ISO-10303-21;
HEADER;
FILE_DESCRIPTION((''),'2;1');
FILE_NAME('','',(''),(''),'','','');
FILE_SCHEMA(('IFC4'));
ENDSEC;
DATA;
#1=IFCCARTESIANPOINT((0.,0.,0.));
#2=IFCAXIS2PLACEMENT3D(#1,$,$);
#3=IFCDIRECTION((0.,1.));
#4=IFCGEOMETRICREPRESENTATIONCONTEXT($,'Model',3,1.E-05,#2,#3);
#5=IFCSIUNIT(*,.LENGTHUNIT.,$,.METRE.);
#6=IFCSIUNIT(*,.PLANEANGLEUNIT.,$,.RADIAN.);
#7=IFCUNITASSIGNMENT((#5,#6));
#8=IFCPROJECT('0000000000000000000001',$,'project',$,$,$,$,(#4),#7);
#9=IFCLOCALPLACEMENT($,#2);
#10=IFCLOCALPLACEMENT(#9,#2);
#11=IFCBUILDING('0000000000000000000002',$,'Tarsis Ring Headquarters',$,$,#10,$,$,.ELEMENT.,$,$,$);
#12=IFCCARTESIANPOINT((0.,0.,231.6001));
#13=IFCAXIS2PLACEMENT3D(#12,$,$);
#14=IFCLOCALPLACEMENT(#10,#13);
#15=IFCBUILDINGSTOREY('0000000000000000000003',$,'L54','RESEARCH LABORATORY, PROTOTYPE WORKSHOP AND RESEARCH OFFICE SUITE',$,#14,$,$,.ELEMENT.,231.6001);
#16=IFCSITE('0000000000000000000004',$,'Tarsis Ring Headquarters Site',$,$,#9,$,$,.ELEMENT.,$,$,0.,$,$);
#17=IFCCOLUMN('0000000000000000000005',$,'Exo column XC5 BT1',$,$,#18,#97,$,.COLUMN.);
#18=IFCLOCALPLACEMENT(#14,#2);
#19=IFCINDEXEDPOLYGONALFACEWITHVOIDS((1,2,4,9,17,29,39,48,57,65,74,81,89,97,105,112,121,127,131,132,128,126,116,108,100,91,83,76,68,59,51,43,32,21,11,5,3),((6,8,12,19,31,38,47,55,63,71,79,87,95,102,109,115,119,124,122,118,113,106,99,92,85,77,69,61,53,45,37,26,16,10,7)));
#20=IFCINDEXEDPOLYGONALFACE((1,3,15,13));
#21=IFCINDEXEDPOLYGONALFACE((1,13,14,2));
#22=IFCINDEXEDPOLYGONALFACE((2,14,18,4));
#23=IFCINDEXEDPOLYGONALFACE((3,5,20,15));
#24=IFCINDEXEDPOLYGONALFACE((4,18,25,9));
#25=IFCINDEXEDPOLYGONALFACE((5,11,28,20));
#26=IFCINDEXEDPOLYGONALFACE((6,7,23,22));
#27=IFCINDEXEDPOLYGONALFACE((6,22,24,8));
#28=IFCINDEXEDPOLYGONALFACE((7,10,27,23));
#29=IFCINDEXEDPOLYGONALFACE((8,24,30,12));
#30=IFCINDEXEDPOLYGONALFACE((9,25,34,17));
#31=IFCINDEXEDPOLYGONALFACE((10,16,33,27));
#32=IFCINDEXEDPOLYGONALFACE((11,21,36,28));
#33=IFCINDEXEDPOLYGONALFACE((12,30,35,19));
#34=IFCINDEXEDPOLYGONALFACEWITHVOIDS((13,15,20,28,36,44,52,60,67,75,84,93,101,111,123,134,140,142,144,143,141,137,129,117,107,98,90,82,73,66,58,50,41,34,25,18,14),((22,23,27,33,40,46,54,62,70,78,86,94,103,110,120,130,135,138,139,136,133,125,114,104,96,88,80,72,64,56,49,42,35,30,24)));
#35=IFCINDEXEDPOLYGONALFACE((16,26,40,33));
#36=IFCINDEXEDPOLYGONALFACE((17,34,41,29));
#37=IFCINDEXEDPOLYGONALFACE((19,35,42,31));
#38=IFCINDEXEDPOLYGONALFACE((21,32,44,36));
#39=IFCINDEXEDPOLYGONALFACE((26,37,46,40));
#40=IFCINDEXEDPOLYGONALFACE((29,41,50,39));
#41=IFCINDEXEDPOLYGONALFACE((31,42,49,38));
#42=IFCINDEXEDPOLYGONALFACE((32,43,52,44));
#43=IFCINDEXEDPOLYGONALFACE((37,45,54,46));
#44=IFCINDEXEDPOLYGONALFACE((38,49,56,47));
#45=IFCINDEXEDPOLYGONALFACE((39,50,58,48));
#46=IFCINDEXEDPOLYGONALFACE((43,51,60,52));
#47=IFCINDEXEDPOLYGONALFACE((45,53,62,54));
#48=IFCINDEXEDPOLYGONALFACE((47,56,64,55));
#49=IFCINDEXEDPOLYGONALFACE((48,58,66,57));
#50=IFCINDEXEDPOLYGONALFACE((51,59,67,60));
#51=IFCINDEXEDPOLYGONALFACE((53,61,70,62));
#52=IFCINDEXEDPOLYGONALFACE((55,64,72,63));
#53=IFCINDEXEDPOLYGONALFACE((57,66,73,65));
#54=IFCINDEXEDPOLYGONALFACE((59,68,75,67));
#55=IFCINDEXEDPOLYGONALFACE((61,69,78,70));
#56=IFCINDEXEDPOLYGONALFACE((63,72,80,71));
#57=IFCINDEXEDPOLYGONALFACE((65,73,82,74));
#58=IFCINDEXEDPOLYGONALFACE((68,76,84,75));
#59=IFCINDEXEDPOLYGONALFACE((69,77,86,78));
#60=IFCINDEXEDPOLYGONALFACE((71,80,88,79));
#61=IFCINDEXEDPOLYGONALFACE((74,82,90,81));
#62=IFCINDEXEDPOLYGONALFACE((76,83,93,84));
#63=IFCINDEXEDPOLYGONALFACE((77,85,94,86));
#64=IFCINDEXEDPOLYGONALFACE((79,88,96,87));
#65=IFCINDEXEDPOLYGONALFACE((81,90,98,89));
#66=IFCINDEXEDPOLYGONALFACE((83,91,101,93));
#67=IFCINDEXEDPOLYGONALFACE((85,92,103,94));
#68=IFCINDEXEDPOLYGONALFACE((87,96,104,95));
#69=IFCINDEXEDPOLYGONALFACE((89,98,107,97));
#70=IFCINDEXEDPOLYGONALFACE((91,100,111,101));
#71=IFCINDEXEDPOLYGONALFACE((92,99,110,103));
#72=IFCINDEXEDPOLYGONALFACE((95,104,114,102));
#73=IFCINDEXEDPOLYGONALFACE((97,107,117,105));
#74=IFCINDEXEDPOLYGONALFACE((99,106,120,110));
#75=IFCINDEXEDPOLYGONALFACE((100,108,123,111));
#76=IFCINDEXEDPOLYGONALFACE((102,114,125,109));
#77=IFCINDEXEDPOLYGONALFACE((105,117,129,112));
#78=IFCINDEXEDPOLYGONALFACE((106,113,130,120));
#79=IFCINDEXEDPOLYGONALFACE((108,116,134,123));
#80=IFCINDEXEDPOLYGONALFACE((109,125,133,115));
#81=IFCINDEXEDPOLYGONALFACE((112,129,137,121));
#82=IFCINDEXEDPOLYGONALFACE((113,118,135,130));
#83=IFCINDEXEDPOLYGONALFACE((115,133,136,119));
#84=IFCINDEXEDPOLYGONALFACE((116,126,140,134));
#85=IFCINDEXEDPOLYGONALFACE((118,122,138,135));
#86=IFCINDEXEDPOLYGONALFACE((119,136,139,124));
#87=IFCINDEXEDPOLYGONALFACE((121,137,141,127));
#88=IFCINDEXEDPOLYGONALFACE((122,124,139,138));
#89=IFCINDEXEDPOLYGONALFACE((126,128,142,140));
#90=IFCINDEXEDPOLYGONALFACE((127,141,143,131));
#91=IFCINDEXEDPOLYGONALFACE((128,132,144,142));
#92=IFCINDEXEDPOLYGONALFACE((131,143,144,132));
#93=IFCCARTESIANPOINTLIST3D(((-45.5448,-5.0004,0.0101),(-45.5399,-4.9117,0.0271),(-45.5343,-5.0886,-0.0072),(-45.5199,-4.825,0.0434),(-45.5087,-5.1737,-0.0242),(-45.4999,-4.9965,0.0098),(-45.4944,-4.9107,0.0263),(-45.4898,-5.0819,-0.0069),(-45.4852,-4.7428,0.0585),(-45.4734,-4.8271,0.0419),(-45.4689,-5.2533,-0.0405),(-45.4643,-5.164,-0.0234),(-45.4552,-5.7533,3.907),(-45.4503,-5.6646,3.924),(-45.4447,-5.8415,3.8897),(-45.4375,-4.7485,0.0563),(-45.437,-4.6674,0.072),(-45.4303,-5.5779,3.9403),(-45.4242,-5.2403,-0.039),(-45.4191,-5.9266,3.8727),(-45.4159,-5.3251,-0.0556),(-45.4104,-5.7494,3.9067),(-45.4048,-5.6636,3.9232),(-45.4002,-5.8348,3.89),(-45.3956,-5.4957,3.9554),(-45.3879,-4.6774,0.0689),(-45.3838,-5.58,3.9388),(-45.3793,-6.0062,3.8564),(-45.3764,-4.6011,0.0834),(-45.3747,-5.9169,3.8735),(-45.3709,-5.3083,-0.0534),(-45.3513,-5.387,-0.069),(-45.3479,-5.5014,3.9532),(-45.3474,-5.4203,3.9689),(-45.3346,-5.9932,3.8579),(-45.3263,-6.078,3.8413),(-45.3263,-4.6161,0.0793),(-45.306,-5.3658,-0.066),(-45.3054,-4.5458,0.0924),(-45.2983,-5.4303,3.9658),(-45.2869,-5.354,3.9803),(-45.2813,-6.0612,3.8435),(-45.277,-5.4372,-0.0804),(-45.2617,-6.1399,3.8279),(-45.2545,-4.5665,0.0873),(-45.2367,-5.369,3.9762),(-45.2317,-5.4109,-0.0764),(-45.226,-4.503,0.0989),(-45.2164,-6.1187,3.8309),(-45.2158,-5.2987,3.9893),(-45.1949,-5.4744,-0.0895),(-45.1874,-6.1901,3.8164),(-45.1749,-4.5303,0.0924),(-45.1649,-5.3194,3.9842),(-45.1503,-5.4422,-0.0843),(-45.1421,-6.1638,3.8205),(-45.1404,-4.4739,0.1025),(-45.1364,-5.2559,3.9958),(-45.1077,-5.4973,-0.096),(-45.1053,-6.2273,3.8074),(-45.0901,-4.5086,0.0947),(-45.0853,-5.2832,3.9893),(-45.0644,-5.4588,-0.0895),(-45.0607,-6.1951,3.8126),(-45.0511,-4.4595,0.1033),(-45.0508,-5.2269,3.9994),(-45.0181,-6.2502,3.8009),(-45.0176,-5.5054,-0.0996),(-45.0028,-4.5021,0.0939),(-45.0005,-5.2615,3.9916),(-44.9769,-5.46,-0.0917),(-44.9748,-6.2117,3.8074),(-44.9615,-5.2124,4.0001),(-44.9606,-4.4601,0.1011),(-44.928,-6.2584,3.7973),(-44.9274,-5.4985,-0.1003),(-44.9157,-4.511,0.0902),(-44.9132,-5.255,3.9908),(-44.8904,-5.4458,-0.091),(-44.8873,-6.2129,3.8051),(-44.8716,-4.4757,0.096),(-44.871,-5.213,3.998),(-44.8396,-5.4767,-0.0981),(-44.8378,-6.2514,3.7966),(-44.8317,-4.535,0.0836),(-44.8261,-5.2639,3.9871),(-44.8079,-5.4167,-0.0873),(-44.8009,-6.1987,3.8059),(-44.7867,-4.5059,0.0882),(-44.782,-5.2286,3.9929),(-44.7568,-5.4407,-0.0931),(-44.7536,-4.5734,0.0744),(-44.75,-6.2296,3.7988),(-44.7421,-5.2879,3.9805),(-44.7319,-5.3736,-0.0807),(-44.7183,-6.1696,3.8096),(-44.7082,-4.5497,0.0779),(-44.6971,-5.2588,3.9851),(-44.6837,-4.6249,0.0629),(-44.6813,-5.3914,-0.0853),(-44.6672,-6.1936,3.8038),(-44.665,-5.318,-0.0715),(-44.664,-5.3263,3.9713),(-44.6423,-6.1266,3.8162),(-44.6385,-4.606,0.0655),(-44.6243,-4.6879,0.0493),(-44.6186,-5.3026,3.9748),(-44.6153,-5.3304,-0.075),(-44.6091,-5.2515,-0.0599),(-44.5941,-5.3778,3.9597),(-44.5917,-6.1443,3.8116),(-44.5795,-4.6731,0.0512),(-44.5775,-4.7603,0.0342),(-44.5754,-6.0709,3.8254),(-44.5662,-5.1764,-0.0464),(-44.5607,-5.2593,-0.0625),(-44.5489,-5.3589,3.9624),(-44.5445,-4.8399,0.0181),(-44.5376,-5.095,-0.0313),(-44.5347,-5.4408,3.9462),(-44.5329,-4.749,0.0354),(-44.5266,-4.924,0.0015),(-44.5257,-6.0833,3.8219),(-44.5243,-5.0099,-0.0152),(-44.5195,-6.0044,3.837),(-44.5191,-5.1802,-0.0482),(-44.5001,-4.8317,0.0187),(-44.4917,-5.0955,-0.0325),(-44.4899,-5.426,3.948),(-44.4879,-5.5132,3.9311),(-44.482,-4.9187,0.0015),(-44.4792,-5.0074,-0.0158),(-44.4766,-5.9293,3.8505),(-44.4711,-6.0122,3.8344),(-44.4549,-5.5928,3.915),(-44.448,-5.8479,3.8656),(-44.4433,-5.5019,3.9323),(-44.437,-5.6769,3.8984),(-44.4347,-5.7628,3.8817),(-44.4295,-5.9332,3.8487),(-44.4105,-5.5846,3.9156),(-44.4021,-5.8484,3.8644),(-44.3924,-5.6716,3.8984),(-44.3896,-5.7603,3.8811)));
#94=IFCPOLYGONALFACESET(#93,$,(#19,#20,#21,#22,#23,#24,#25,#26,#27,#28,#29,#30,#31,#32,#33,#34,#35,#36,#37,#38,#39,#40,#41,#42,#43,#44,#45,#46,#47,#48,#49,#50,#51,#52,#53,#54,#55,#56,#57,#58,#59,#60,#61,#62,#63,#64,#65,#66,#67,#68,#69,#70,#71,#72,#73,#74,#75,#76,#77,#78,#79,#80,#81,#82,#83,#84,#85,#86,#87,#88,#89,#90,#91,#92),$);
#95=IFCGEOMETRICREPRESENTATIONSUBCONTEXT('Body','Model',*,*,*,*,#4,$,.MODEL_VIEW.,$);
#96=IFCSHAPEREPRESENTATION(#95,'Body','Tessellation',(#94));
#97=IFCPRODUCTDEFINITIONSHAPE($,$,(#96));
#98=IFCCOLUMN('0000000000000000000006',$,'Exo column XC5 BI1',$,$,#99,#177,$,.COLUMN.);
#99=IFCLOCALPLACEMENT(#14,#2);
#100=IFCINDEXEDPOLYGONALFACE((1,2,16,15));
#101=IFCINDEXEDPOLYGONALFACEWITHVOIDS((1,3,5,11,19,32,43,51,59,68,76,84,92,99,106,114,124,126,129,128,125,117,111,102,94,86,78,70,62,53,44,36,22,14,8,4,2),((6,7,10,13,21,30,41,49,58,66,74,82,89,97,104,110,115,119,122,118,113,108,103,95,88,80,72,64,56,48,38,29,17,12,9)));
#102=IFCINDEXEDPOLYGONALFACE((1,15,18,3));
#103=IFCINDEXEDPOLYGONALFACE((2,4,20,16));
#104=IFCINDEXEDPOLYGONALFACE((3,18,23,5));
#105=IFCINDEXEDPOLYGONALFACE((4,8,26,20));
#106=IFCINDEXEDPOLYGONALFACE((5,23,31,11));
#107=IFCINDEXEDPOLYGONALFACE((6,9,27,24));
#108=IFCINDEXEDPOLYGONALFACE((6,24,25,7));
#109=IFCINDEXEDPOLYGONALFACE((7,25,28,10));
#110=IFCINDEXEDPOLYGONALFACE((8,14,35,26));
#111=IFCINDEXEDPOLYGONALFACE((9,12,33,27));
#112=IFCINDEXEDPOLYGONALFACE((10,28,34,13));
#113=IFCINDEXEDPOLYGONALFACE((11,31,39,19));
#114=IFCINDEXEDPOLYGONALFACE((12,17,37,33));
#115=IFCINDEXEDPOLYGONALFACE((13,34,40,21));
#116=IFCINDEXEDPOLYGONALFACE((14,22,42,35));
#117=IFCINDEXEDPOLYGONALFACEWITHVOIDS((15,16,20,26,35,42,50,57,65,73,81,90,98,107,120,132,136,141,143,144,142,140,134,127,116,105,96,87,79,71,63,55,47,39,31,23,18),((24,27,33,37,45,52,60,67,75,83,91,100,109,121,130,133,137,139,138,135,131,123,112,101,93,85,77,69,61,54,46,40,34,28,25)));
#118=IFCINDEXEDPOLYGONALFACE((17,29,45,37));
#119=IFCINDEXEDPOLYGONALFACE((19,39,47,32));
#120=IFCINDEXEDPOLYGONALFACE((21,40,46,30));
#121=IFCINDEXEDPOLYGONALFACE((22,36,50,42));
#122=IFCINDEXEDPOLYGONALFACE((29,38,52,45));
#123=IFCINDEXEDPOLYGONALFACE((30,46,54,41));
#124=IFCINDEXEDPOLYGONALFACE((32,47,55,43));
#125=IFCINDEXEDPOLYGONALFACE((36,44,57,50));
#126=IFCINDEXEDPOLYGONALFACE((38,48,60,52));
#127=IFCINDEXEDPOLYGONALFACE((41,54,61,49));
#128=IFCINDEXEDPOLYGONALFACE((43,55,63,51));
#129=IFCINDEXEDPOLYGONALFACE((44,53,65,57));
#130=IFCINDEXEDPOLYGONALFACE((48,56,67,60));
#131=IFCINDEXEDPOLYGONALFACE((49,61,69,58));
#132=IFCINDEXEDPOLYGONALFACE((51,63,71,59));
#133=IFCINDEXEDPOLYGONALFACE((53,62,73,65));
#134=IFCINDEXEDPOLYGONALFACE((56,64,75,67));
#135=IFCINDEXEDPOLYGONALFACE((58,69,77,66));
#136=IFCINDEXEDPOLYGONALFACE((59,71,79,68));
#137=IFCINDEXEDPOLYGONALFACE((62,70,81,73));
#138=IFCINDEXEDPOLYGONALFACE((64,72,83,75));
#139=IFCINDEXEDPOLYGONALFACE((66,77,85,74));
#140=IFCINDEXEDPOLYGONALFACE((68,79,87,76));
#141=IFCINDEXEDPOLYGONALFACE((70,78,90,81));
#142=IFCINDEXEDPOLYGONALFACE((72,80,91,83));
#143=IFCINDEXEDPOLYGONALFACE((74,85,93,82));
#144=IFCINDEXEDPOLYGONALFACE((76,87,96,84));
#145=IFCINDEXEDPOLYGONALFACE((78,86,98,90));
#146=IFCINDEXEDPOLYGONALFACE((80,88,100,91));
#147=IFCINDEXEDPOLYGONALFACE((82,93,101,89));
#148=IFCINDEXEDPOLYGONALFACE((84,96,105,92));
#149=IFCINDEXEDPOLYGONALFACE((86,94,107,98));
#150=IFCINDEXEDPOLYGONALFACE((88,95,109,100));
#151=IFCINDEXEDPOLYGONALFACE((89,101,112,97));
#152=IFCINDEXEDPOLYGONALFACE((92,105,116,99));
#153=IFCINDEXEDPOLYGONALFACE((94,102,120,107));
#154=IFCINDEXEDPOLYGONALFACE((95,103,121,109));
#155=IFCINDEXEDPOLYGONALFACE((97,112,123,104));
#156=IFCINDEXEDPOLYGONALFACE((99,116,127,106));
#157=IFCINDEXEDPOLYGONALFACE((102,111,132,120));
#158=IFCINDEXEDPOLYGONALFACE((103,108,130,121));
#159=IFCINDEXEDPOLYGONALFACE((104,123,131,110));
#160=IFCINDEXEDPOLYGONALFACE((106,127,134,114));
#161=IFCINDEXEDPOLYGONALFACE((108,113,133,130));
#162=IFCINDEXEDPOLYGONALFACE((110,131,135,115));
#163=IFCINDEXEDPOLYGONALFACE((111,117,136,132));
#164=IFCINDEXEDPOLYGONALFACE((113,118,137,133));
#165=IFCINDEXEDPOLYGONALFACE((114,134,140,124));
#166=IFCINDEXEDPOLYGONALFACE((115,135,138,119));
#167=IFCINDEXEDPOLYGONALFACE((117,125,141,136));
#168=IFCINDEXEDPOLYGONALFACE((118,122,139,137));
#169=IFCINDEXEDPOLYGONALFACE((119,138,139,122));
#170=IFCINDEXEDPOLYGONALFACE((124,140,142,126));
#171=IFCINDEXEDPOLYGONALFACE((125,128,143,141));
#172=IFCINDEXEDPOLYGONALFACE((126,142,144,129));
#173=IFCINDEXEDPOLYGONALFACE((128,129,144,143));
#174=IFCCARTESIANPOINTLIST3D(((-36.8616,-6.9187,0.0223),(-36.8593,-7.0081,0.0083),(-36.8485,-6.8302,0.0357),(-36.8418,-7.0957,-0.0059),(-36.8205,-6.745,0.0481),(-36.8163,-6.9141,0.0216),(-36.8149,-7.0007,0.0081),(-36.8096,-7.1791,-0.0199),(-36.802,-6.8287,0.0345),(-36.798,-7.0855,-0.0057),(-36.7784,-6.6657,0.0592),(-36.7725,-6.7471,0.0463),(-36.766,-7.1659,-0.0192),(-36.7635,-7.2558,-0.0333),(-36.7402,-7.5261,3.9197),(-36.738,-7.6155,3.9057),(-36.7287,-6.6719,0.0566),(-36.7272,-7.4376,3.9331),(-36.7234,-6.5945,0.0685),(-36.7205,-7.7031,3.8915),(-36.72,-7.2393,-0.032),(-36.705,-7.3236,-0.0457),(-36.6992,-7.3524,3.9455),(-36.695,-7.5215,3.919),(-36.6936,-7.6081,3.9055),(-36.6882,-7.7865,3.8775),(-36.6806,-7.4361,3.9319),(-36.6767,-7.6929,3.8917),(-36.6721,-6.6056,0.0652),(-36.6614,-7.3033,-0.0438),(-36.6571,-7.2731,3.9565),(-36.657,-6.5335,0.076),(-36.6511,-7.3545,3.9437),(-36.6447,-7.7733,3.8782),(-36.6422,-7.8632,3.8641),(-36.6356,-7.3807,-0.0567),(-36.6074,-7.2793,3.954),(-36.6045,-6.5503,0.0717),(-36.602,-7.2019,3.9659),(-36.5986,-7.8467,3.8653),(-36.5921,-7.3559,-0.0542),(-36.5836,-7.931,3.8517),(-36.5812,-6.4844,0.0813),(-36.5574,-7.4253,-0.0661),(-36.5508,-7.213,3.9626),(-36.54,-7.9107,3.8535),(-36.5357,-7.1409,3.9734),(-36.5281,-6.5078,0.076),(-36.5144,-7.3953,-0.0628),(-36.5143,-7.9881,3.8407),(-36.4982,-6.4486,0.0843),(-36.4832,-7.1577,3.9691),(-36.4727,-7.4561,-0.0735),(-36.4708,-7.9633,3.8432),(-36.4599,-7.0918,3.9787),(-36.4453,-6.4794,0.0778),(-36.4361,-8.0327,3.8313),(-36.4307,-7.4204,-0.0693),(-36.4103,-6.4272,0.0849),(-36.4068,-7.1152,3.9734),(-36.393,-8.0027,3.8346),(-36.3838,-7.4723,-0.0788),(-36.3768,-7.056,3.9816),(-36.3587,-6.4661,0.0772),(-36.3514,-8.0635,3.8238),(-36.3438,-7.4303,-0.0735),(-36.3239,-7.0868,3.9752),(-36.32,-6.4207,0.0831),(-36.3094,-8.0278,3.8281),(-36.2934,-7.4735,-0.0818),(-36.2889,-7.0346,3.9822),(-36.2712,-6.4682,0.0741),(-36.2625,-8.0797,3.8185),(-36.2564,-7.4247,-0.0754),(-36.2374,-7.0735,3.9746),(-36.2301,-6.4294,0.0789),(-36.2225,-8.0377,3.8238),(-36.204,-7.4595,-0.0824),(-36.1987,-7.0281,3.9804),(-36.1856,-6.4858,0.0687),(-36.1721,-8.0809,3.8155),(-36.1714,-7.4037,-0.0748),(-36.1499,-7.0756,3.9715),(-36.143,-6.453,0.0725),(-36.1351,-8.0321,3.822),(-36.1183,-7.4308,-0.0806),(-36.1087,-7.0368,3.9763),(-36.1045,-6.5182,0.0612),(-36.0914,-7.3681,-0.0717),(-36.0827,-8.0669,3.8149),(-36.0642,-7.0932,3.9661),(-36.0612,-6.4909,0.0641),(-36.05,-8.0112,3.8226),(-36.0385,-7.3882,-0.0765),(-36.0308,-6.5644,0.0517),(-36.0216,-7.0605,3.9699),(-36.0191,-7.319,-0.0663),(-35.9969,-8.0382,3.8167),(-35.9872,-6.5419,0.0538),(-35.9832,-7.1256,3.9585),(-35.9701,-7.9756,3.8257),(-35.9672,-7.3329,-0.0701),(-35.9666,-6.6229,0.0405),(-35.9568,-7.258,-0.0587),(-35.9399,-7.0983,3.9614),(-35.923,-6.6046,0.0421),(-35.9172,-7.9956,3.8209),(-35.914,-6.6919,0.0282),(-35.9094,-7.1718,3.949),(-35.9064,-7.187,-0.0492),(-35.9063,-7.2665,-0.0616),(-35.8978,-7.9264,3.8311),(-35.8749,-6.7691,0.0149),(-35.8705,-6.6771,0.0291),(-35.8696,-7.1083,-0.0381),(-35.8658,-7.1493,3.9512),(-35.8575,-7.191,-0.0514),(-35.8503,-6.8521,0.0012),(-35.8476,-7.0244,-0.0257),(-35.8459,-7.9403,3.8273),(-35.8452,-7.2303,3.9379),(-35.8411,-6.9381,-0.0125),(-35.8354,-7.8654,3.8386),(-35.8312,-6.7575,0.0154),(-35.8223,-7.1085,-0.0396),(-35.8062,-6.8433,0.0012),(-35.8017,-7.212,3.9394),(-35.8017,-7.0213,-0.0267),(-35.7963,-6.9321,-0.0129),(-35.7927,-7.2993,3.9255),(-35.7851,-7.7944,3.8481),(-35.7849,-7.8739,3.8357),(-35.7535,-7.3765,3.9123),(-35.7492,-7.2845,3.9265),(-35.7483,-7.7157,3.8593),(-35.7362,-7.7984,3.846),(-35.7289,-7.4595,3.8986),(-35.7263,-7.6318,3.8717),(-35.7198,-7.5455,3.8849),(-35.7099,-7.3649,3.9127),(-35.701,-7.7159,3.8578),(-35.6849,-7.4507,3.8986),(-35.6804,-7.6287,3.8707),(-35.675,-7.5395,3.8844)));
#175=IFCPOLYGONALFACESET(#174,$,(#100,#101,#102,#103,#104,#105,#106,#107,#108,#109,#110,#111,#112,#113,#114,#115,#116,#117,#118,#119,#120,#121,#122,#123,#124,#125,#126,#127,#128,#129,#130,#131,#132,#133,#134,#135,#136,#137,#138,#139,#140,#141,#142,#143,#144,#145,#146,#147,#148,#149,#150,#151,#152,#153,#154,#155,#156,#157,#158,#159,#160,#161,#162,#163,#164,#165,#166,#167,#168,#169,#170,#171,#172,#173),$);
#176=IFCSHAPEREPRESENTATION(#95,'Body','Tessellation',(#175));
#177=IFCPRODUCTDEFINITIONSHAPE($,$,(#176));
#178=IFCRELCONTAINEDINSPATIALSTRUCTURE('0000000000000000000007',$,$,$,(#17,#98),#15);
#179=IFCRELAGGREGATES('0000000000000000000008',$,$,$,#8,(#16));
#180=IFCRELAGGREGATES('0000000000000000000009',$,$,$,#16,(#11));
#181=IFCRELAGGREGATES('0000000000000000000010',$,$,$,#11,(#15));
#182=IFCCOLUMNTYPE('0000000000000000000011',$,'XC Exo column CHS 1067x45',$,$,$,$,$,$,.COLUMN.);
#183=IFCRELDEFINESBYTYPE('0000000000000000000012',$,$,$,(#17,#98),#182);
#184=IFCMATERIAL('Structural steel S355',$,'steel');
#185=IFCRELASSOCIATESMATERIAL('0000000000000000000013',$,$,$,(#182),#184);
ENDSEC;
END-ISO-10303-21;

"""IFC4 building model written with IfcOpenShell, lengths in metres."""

from ifc_helpers import new_model, si_unit, direction, frame, origin, origin_2d, place, context, subcontext, project, spatial, hollow_circle, extrude, material, material_profile, profile_set, type_object, element, save


model = new_model("IFC4")

# Units and contexts
model_context = context("Model", 3, precision=1e-05, world=origin(), true_north=direction((0.0, 1.0)))
body_context = subcontext(model_context, "Body", "Model", "MODEL_VIEW")
ifc_project = project(units=[si_unit("LENGTHUNIT", "METRE"), si_unit("PLANEANGLEUNIT", "RADIAN")], contexts=[model_context])

# Site, building, storey
site_placement = place(None, origin())
site = spatial("IfcSite", under=ifc_project, at=site_placement, Name="Tarsis Ring Headquarters Site", CompositionType="ELEMENT", RefElevation=0.0)
building_placement = place(site_placement, origin())
building = spatial("IfcBuilding", under=site, at=building_placement, Name="Tarsis Ring Headquarters", CompositionType="ELEMENT")
storey_placement = place(building_placement, frame((0.0, 0.0, 231.6001)))
storey = spatial("IfcBuildingStorey", under=building, at=storey_placement, Name="L54", Description="RESEARCH LABORATORY, PROTOTYPE WORKSHOP AND RESEARCH OFFICE SUITE", CompositionType="ELEMENT", Elevation=231.6001)

# Columns
ifc_material_1 = material(Name="Structural steel S355", Category="steel")
ifc_material_profile_1 = material_profile(ifc_material_1, hollow_circle(Radius=0.5334, WallThickness=0.0449, at=origin_2d()), Name="CHS 1067x45")
ifc_profile_set_1 = profile_set([ifc_material_profile_1], Name="Structural steel S355")
column_type = type_object("IfcColumnType", Name="XC Exo column CHS 1067x45", PredefinedType="COLUMN", material=ifc_profile_set_1)
column_1_placement = place(storey_placement, frame((-45.0117, -4.9817, 0.0015), z_axis=(0.022569, -0.189652, 0.981592), x_axis=(0.992994, 0.118168, 0.0)))
element("IfcColumn", 1, at=column_1_placement, inside=storey, type_object=column_type, Name="Exo column XC5 BT1", PredefinedType="COLUMN", context=body_context, shape_type="SweptSolid", body=[
    extrude(hollow_circle(Radius=0.5334, WallThickness=0.0449, at=origin_2d()), origin(), (0.0, 0.0, 1.0), 3.97),
])
column_2_placement = place(storey_placement, frame((-36.3293, -6.9478, 0.0012), z_axis=(0.030747, -0.153919, 0.987605), x_axis=(0.980626, 0.195889, 0.0)))
element("IfcColumn", 2, at=column_2_placement, inside=storey, type_object=column_type, Name="Exo column XC5 BI1", PredefinedType="COLUMN", context=body_context, shape_type="SweptSolid", body=[
    extrude(hollow_circle(Radius=0.5334, WallThickness=0.0449, at=origin_2d()), origin(), (0.0, 0.0, 1.0), 3.9463),
])

save(model, "model.ifc")
